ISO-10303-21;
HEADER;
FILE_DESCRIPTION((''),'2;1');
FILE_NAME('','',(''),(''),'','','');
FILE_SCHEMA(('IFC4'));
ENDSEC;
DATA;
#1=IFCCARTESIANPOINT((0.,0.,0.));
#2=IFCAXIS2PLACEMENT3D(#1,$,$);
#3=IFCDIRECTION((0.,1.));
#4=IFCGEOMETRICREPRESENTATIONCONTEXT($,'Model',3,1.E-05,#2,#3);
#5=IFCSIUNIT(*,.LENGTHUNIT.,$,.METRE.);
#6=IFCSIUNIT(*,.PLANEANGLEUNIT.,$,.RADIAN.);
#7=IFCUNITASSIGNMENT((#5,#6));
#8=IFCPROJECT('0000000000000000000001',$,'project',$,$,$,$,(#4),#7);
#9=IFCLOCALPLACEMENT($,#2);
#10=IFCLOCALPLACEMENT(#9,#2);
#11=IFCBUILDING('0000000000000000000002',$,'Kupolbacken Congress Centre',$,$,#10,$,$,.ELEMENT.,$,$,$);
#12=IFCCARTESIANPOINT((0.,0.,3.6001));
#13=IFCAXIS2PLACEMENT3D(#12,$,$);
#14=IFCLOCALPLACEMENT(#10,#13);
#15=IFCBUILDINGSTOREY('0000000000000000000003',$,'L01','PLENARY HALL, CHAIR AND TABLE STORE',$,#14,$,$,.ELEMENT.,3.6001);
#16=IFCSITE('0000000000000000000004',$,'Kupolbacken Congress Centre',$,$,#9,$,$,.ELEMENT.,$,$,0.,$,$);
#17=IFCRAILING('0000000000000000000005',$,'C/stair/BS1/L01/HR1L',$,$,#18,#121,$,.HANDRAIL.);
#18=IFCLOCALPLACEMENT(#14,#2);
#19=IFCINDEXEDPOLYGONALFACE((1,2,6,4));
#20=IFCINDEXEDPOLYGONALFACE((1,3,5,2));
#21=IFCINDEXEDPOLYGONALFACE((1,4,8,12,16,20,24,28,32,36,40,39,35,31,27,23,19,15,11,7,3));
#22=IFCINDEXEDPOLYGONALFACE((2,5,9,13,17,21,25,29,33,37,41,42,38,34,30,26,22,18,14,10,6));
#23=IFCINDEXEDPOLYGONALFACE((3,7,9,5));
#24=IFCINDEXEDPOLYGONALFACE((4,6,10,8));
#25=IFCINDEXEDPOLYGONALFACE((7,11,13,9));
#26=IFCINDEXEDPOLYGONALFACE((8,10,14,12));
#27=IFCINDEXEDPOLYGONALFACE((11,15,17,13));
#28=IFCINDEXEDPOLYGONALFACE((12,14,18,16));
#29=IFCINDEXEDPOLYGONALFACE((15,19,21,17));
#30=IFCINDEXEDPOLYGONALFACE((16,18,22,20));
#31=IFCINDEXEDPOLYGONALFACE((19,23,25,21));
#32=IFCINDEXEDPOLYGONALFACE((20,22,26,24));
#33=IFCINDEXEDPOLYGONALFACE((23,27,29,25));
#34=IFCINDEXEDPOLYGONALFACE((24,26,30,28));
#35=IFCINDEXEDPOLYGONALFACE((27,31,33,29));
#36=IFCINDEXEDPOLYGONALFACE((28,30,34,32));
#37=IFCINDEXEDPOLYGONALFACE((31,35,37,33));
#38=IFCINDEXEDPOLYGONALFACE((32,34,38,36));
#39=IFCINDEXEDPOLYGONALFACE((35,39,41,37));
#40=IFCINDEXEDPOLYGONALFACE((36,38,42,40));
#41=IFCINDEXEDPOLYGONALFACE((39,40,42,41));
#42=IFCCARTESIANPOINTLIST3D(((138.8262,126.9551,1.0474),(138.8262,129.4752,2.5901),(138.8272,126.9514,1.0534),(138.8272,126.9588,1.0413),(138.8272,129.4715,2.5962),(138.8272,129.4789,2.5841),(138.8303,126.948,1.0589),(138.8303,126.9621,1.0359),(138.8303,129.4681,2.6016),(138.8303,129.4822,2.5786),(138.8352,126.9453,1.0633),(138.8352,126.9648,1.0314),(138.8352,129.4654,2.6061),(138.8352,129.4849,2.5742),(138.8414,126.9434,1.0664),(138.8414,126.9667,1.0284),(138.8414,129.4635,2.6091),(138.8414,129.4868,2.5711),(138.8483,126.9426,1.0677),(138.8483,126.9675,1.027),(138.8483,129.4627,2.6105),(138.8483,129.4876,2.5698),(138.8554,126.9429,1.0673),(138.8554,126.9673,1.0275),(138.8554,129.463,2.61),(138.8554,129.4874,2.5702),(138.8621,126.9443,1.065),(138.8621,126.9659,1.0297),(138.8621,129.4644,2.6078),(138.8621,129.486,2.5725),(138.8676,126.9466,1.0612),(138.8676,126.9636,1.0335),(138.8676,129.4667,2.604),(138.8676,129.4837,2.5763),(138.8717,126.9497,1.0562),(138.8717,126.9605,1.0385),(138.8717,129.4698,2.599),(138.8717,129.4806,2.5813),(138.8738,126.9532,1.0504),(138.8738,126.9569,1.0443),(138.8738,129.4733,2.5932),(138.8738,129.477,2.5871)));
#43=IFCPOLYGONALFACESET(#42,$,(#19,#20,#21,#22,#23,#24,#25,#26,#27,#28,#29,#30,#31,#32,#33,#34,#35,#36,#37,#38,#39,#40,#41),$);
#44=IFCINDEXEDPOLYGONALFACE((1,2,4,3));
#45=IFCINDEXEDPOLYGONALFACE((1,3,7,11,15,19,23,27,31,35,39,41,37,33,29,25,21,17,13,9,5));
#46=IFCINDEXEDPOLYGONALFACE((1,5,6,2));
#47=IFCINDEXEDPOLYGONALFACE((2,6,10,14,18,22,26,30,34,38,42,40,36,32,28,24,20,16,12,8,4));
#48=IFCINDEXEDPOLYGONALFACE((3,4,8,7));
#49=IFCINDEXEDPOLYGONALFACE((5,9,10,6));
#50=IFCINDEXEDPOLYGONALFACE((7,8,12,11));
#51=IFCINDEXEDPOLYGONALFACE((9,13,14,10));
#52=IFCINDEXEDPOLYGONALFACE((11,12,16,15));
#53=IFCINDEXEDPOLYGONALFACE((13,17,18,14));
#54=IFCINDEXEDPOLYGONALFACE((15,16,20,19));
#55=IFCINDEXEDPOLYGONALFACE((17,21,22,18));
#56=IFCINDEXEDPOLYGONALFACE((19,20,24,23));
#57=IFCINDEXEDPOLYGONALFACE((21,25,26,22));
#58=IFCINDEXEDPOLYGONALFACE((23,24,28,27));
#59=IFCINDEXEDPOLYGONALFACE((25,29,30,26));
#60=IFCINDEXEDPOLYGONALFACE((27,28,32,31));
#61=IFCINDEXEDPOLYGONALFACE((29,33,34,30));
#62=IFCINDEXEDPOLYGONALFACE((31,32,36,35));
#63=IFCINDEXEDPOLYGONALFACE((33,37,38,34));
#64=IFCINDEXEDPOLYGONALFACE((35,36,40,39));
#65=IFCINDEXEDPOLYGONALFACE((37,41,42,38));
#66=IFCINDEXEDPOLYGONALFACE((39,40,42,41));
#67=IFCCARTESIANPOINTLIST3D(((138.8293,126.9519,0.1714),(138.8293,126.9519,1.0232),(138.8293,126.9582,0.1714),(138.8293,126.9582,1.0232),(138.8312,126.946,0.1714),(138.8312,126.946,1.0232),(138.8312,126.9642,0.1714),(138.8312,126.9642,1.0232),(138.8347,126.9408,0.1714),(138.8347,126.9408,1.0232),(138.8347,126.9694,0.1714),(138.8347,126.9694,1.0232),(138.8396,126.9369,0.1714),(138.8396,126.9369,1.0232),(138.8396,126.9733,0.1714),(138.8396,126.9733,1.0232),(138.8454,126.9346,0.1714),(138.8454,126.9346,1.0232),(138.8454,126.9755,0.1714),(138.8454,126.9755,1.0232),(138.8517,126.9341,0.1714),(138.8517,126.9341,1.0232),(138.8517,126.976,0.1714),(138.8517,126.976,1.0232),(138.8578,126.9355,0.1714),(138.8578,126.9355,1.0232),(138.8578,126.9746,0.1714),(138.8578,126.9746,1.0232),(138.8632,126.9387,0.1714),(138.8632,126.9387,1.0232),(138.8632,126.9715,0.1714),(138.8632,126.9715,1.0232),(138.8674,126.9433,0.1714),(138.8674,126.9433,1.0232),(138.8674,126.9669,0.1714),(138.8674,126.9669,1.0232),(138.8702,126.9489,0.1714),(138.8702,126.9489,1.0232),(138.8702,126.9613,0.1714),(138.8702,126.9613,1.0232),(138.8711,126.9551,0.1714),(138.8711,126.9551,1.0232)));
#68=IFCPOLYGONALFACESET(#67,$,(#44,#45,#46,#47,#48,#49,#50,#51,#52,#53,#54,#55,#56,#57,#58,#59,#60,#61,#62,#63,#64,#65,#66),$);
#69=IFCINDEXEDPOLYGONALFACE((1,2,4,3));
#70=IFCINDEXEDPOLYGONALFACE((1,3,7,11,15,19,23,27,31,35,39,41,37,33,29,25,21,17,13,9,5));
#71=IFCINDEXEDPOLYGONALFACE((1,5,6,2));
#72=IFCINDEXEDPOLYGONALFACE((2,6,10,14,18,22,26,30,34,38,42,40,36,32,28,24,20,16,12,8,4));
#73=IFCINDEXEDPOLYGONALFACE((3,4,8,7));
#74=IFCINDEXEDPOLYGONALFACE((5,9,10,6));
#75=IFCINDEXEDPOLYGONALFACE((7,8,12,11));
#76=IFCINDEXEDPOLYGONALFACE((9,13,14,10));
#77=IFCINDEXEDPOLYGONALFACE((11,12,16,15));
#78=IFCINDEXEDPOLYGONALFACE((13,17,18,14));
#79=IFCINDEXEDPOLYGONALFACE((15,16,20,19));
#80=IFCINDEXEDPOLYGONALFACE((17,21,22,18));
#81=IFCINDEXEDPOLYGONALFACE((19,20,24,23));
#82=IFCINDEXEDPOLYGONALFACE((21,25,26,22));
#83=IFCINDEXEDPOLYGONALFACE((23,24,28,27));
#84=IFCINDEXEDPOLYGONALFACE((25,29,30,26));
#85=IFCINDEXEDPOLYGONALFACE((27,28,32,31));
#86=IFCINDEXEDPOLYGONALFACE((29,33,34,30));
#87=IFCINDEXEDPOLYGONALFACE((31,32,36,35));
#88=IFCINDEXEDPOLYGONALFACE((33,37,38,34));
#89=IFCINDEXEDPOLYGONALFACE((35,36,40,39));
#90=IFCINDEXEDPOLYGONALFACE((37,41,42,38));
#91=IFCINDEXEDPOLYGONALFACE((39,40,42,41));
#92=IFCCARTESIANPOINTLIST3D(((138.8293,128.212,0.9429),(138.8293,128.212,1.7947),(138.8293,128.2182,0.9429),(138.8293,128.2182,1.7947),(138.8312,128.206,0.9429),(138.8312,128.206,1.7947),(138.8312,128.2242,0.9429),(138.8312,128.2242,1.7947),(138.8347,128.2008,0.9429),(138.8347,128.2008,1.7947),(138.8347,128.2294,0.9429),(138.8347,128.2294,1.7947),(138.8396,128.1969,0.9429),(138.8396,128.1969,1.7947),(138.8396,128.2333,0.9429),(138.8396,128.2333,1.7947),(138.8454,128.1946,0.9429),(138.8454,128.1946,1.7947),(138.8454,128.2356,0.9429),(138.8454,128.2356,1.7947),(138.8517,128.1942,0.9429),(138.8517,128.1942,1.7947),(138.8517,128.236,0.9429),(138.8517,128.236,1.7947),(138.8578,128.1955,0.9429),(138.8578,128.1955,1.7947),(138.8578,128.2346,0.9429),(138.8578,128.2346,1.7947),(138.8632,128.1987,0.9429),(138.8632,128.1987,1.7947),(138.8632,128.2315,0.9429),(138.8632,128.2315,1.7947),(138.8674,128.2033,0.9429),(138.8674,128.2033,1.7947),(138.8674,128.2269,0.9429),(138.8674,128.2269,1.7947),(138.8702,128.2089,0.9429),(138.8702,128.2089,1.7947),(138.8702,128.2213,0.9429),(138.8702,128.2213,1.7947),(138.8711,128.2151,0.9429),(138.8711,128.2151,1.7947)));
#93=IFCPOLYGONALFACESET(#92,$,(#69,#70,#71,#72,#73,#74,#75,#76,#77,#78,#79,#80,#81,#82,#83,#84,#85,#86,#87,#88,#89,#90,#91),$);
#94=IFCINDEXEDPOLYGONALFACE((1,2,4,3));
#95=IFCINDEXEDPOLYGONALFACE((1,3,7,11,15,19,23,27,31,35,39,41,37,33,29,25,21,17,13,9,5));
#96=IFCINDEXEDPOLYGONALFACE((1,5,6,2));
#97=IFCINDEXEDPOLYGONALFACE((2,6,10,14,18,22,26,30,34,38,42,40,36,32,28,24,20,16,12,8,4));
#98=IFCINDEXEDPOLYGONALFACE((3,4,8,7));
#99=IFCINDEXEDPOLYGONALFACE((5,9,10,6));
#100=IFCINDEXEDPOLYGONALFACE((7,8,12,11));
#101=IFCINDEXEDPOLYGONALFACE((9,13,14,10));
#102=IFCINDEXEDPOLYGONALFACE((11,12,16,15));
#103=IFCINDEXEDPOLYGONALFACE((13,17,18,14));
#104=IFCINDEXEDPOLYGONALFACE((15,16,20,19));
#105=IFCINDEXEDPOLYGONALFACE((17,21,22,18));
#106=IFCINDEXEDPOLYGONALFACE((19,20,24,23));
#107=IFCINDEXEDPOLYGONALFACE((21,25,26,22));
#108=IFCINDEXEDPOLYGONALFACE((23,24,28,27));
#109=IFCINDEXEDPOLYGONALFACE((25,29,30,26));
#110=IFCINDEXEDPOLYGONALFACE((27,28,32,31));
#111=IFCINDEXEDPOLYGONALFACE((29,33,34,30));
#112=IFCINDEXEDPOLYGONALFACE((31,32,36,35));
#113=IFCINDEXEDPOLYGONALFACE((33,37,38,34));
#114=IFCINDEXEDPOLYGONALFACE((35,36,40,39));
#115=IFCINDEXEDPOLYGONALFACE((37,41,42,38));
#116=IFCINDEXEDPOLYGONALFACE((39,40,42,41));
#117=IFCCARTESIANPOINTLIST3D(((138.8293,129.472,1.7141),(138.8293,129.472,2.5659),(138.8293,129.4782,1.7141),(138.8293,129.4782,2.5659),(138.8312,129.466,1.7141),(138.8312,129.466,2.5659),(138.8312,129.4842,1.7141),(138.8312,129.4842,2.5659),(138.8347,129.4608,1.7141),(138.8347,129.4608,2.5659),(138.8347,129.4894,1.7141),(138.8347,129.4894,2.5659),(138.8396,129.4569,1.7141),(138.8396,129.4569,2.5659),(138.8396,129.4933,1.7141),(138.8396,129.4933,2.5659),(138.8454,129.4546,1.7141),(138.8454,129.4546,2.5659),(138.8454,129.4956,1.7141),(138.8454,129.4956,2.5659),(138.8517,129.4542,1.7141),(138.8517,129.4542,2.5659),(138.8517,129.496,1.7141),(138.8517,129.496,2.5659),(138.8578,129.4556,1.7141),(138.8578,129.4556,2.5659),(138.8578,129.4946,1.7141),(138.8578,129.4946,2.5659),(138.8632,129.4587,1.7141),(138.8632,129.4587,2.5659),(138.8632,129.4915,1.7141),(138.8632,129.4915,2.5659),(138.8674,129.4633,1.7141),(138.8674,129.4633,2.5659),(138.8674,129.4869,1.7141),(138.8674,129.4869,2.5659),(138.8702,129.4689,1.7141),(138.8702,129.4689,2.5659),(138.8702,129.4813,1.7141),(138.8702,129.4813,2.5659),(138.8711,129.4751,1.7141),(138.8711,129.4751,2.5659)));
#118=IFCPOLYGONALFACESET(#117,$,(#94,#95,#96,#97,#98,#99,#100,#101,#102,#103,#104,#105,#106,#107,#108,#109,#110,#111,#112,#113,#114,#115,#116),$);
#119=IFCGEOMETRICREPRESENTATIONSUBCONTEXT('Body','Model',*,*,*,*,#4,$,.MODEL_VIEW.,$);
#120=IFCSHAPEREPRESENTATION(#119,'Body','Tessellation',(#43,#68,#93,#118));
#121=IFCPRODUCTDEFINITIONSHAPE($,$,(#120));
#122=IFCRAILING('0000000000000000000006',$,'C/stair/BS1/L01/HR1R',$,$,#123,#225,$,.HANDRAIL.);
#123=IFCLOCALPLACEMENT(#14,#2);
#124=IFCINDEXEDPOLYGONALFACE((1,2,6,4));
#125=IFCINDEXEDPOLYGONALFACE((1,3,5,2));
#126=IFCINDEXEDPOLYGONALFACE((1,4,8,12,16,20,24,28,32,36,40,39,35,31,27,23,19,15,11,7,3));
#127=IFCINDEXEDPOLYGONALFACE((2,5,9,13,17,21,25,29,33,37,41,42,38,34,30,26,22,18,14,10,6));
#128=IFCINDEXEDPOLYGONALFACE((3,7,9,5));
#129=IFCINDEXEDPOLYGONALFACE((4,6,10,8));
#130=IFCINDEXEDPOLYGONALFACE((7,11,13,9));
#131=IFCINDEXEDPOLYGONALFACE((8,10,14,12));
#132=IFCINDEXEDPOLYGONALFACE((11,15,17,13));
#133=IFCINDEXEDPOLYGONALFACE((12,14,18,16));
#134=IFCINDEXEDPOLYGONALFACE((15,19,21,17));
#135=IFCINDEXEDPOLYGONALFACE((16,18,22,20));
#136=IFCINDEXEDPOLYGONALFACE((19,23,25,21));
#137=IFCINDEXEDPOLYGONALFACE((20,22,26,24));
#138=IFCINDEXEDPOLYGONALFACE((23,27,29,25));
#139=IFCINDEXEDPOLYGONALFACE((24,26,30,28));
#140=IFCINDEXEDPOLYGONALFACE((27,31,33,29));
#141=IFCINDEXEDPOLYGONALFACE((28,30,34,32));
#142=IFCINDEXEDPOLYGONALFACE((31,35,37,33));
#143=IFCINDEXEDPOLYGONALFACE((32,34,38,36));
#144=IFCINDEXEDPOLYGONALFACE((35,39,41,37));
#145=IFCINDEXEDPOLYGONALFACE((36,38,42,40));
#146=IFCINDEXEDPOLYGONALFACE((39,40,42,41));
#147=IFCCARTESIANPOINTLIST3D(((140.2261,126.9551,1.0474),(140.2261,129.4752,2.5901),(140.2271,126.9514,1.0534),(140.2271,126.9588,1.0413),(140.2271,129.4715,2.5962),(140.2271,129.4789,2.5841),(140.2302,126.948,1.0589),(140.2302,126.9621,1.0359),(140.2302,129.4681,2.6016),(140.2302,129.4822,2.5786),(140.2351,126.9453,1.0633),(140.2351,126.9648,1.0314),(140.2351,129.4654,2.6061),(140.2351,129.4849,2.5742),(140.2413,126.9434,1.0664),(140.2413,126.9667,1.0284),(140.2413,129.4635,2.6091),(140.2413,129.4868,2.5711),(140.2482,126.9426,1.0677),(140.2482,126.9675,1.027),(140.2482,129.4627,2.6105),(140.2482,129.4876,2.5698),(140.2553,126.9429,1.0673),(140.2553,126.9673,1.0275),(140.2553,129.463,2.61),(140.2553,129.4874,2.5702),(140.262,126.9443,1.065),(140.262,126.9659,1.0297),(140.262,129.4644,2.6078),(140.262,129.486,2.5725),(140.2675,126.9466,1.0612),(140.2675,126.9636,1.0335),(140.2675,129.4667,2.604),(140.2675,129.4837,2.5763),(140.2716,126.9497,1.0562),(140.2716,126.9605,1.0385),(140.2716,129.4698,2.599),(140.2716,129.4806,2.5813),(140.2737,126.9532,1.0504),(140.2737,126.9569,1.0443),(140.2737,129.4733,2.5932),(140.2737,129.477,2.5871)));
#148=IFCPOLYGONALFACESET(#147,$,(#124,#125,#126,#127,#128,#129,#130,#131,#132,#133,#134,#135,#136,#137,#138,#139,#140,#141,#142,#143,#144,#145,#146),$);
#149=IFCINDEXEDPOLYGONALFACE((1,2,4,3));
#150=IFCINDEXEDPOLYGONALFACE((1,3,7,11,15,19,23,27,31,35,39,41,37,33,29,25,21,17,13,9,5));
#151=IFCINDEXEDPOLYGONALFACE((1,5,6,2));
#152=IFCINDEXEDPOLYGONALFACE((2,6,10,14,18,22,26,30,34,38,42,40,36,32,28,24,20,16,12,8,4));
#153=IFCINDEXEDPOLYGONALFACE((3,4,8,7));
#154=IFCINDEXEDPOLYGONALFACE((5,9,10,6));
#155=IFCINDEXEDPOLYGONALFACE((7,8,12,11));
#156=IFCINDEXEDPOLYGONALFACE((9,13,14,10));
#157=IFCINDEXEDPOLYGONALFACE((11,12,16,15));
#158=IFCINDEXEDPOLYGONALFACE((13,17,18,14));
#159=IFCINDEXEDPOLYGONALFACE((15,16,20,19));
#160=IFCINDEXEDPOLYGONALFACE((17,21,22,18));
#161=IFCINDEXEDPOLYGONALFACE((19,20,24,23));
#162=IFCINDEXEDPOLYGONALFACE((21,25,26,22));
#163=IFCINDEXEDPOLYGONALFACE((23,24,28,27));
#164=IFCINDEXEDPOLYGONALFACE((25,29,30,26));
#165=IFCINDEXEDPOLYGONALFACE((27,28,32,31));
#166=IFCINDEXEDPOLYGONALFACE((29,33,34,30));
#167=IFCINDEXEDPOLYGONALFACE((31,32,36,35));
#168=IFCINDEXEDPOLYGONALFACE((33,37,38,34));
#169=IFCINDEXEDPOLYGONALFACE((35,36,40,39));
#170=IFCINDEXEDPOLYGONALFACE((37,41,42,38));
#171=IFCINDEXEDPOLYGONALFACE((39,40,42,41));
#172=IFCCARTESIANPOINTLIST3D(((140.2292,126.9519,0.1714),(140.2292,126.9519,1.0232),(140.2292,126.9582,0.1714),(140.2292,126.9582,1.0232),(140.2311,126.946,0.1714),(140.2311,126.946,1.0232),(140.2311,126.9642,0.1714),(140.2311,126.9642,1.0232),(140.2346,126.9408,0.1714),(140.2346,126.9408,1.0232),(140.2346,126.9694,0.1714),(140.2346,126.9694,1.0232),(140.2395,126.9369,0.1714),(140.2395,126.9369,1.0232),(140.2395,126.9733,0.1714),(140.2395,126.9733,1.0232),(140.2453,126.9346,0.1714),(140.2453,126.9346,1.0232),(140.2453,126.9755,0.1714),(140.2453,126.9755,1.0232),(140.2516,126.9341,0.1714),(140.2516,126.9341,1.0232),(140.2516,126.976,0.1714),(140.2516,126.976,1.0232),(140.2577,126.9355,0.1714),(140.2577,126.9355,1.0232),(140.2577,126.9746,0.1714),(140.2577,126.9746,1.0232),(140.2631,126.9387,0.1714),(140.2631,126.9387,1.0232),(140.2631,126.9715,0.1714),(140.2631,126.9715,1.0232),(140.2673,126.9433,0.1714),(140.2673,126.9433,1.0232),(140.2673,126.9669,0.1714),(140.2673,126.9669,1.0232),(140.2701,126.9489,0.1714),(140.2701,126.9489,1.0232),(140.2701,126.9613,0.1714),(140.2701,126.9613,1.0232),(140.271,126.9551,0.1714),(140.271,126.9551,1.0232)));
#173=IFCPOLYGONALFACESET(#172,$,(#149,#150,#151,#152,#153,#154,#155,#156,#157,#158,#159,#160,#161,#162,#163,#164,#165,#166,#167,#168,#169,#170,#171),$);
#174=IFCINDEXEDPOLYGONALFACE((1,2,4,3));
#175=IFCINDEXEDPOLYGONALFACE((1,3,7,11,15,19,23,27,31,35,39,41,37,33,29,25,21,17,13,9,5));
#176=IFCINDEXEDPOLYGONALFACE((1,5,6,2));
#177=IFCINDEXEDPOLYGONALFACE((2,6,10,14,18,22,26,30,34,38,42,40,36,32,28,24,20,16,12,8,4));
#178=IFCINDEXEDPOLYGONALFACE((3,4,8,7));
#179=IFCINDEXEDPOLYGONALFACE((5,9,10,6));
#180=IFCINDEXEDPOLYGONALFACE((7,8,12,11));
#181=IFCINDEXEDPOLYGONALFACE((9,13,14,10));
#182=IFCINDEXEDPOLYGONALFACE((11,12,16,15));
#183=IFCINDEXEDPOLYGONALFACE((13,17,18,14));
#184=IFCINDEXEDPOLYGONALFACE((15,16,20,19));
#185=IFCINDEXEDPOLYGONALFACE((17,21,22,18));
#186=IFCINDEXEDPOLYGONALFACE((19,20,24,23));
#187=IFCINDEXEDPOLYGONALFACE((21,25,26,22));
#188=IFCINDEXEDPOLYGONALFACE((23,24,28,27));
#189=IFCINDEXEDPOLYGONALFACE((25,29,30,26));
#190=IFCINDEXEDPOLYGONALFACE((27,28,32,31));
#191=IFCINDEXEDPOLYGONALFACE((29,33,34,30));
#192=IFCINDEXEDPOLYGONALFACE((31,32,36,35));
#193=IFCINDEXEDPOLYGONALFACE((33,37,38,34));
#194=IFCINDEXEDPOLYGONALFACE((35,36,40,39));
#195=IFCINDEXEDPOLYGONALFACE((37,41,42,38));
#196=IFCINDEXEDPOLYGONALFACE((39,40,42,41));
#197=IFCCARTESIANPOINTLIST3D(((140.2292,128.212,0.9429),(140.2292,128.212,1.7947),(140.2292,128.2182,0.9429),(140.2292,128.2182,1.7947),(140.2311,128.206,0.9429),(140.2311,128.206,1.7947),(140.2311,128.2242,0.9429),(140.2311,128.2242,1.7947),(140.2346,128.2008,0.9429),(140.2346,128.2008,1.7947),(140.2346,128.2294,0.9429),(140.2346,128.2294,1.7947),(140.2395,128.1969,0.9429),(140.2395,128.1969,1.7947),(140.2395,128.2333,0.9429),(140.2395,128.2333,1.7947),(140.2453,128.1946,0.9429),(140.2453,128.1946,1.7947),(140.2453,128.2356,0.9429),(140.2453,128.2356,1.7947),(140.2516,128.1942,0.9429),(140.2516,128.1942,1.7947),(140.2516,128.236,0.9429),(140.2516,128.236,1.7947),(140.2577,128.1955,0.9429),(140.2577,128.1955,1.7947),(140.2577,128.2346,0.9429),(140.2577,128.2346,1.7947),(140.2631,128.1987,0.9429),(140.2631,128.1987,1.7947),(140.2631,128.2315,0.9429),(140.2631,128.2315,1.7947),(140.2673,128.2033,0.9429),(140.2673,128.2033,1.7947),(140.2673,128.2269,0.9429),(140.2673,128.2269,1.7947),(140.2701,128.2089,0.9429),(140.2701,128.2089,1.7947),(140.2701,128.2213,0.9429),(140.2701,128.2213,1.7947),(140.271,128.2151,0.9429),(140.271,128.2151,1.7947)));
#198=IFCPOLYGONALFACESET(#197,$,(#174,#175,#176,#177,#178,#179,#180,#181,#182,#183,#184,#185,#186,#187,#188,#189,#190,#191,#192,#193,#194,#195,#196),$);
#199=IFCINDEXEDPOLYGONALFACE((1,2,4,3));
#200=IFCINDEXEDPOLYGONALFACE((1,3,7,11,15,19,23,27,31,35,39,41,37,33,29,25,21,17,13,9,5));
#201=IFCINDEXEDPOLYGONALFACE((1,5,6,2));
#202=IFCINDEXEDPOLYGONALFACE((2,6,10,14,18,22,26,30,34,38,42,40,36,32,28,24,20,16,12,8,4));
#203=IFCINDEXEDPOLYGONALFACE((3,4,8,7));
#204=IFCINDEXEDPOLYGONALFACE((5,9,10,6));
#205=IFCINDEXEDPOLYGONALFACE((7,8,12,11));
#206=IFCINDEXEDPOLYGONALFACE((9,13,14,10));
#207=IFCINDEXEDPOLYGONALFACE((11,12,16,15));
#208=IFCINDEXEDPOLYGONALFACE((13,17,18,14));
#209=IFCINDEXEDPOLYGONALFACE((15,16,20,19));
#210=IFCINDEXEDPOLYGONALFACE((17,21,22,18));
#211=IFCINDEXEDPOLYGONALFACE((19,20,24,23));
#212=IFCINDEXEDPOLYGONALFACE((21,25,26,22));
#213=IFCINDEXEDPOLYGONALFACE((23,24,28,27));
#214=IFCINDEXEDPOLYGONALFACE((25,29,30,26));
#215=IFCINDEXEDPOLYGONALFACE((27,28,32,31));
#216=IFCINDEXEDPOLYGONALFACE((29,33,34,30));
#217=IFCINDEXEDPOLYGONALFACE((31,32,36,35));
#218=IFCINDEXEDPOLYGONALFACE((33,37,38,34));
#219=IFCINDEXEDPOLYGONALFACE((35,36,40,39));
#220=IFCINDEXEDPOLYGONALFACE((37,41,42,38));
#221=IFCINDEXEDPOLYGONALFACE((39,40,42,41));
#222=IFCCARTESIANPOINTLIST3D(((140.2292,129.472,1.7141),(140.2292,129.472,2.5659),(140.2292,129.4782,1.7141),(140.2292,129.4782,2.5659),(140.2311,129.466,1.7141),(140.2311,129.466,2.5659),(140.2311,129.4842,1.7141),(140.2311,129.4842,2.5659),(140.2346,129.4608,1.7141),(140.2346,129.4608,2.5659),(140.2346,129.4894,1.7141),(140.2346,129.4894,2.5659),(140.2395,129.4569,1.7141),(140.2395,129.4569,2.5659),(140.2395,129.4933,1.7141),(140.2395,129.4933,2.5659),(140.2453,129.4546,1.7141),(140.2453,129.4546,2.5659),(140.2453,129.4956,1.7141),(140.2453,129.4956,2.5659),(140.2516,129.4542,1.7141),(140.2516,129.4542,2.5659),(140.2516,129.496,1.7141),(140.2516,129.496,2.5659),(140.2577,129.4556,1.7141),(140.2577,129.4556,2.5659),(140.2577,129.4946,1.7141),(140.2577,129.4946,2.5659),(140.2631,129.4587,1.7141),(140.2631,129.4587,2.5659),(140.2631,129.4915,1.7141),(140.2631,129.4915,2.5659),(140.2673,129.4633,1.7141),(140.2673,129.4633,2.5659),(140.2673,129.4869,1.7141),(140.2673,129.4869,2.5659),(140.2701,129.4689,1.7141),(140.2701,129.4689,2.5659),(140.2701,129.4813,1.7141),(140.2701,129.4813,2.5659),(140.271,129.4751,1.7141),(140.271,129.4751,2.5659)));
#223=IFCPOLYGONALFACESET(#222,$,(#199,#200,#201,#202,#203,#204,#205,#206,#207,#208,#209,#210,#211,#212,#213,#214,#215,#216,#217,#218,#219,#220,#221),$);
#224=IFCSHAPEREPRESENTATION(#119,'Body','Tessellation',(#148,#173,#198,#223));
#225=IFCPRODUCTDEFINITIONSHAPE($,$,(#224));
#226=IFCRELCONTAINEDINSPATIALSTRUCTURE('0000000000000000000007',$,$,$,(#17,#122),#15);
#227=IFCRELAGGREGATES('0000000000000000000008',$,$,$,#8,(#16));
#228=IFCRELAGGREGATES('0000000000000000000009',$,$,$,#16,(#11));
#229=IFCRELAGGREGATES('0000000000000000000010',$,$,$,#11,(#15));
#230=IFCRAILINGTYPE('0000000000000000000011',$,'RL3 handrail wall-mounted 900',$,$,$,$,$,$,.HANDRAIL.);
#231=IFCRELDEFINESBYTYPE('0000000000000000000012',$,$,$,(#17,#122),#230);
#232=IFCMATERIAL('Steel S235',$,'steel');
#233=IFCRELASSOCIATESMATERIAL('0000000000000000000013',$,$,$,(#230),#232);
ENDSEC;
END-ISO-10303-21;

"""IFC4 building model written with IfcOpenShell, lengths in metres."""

from ifc_helpers import new_model, si_unit, direction, frame, origin, origin_2d, place, context, subcontext, project, spatial, circle, extrude, material, type_object, element, save


model = new_model("IFC4")

# Units and contexts
model_context = context("Model", 3, precision=1e-05, world=origin(), true_north=direction((0.0, 1.0)))
body_context = subcontext(model_context, "Body", "Model", "MODEL_VIEW")
ifc_project = project(units=[si_unit("LENGTHUNIT", "METRE"), si_unit("PLANEANGLEUNIT", "RADIAN")], contexts=[model_context])

# Site, building, storey
site_placement = place(None, origin())
site = spatial("IfcSite", under=ifc_project, at=site_placement, Name="Kupolbacken Congress Centre", CompositionType="ELEMENT", RefElevation=0.0)
building_placement = place(site_placement, origin())
building = spatial("IfcBuilding", under=site, at=building_placement, Name="Kupolbacken Congress Centre", CompositionType="ELEMENT")
storey_placement = place(building_placement, frame((0.0, 0.0, 3.6001)))
storey = spatial("IfcBuildingStorey", under=building, at=storey_placement, Name="L01", Description="PLENARY HALL, CHAIR AND TABLE STORE", CompositionType="ELEMENT", Elevation=3.6001)

# Railings
ifc_material_1 = material(Name="Steel S235", Category="steel")
railing_type_1 = type_object("IfcRailingType", Name="RL3 handrail wall-mounted 900", PredefinedType="HANDRAIL", material=ifc_material_1)
for number, where, name in (
    (1, (138.8501, 126.9551, 0.1714), "C/stair/BS1/L01/HR1L"),
    (2, (140.25, 126.9551, 0.1714), "C/stair/BS1/L01/HR1R"),
):
    element("IfcRailing", number, at=place(storey_placement, frame(where)), inside=storey, type_object=railing_type_1, Name=name, PredefinedType="HANDRAIL", context=body_context, shape_type="SweptSolid", body=[
        extrude(circle(Radius=0.0239, at=origin_2d()), frame((0.0, 0.0, 0.876), z_axis=(0.0, 0.852873, 0.522118), x_axis=(-1.0, 0.0, 0.0)), (0.0, 0.0, 1.0), 2.9548),
        extrude(circle(Radius=0.021, at=origin_2d()), origin(), (0.0, 0.0, 1.0), 0.8518),
        extrude(circle(Radius=0.021, at=origin_2d()), frame((0.0, 1.26, 0.7715)), (0.0, 0.0, 1.0), 0.8518),
        extrude(circle(Radius=0.021, at=origin_2d()), frame((0.0, 2.52, 1.5427)), (0.0, 0.0, 1.0), 0.8518),
    ])

save(model, "model.ifc")
